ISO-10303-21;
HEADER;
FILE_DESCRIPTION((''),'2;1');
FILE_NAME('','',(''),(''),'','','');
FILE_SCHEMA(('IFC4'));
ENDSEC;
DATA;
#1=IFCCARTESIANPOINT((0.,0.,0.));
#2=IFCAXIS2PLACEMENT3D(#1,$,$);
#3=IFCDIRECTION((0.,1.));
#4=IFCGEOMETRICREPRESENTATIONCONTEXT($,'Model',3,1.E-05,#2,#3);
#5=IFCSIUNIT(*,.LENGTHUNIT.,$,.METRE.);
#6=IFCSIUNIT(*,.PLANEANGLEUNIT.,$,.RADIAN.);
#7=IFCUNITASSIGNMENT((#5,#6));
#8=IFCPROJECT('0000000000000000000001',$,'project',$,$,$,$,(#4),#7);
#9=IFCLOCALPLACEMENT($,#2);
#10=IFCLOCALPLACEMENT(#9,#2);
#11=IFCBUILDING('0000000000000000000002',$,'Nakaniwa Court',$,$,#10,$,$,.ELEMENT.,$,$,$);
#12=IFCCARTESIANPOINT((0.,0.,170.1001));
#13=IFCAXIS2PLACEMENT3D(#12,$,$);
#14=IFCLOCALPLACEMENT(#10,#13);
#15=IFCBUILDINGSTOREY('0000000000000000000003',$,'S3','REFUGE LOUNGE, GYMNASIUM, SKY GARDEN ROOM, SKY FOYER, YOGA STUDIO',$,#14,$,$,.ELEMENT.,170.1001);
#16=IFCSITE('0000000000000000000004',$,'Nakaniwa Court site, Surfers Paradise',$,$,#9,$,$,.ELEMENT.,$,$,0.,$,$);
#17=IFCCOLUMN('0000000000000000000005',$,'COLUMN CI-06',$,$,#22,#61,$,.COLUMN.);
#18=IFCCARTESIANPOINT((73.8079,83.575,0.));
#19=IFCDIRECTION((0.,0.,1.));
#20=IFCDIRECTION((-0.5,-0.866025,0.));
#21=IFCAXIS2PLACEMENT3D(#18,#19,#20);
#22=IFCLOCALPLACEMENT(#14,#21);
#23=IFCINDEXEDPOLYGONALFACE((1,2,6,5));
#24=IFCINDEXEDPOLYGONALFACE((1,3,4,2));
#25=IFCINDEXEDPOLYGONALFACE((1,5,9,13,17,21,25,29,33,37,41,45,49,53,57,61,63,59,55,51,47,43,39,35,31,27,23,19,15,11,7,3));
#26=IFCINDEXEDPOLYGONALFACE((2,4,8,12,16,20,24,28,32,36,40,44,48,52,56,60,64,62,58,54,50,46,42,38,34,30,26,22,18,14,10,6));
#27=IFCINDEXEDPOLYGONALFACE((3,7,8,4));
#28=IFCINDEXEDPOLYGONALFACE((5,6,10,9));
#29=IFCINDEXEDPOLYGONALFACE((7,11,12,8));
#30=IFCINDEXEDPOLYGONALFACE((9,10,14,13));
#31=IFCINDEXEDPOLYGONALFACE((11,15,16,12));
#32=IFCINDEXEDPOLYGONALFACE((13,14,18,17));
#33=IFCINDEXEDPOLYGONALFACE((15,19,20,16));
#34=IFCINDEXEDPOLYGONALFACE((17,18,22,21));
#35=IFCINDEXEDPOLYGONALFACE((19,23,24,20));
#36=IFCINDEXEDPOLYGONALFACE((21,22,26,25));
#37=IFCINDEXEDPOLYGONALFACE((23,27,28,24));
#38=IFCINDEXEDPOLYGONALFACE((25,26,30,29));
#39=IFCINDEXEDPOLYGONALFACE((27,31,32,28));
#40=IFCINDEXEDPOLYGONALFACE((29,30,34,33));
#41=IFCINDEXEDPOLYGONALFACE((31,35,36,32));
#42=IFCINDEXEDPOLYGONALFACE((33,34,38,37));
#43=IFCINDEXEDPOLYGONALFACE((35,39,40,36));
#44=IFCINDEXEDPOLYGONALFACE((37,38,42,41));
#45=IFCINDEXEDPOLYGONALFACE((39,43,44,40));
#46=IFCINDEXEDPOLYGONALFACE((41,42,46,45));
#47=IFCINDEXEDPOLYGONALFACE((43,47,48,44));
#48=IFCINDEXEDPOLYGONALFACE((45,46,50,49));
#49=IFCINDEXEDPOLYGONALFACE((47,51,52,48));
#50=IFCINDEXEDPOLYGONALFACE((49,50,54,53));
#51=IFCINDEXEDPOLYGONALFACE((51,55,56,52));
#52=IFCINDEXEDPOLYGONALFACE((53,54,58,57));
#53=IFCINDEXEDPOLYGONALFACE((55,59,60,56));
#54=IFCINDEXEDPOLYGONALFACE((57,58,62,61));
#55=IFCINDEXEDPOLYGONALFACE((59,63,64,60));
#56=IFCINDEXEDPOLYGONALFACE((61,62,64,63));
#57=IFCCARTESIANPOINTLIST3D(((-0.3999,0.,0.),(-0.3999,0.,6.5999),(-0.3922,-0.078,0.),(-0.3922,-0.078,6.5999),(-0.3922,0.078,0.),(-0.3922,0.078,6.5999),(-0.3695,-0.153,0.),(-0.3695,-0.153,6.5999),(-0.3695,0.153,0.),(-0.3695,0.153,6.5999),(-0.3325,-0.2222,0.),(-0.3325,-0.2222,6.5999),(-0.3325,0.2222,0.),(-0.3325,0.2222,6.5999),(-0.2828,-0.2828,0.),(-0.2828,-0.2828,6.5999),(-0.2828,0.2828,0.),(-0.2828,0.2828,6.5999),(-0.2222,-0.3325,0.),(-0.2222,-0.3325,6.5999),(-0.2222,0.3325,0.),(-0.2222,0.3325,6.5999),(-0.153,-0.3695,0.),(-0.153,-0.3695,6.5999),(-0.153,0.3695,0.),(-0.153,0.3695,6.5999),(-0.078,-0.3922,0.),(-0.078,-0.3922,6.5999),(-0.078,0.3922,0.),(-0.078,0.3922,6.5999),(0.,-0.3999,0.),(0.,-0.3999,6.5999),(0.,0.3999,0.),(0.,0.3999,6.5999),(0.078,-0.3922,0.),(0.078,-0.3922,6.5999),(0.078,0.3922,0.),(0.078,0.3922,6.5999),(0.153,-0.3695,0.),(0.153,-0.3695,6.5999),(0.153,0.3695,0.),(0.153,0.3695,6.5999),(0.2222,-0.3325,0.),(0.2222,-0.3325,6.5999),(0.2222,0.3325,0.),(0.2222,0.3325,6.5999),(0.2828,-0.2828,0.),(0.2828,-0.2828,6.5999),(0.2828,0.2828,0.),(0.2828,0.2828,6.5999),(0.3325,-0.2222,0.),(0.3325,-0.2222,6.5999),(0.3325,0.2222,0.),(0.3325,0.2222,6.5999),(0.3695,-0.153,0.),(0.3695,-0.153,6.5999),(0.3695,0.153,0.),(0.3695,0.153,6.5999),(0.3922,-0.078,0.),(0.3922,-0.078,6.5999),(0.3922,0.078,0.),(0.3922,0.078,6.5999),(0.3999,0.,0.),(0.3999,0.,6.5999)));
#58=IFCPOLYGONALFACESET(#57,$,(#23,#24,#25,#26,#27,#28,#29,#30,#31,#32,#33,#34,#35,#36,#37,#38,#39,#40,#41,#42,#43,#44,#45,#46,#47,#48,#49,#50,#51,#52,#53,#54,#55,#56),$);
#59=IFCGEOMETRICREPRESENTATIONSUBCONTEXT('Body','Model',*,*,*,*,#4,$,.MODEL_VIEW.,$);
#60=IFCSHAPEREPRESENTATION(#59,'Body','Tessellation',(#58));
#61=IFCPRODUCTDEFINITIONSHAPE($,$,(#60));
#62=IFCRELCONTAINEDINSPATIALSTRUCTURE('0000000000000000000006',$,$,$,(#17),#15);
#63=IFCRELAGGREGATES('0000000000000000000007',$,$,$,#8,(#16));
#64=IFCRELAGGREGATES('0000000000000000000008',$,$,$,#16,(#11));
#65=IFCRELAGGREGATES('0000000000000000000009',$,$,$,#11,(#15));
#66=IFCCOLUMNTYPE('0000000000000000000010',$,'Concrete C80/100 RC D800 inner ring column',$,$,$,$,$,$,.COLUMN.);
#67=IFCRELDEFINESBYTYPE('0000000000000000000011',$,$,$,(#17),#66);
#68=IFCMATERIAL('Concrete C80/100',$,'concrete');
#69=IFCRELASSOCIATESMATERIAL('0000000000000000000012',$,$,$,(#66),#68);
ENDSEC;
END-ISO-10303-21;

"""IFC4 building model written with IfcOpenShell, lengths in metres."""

from ifc_helpers import new_model, si_unit, direction, frame, origin, origin_2d, place, context, subcontext, project, spatial, circle, extrude, material, material_profile, profile_set, type_object, element, save


model = new_model("IFC4")

# Units and contexts
model_context = context("Model", 3, precision=1e-05, world=origin(), true_north=direction((0.0, 1.0)))
body_context = subcontext(model_context, "Body", "Model", "MODEL_VIEW")
ifc_project = project(units=[si_unit("LENGTHUNIT", "METRE"), si_unit("PLANEANGLEUNIT", "RADIAN")], contexts=[model_context])

# Site, building, storey
site_placement = place(None, origin())
site = spatial("IfcSite", under=ifc_project, at=site_placement, Name="Nakaniwa Court site, Surfers Paradise", CompositionType="ELEMENT", RefElevation=0.0)
building_placement = place(site_placement, origin())
building = spatial("IfcBuilding", under=site, at=building_placement, Name="Nakaniwa Court", CompositionType="ELEMENT")
storey_placement = place(building_placement, frame((0.0, 0.0, 170.1001)))
storey = spatial("IfcBuildingStorey", under=building, at=storey_placement, Name="S3", Description="REFUGE LOUNGE, GYMNASIUM, SKY GARDEN ROOM, SKY FOYER, YOGA STUDIO", CompositionType="ELEMENT", Elevation=170.1001)

# Column
ifc_material_1 = material(Name="Concrete C80/100", Category="concrete")
ifc_material_profile_1 = material_profile(ifc_material_1, circle(Radius=0.3999, at=origin_2d()), Name="Concrete C80/100 RC D800 inner ring column")
ifc_profile_set_1 = profile_set([ifc_material_profile_1], Name="Concrete C80/100")
column_type_1 = type_object("IfcColumnType", Name="Concrete C80/100 RC D800 inner ring column", PredefinedType="COLUMN", material=ifc_profile_set_1)
for number, where, z_axis, x_axis, name in (
    (1, (73.8079, 83.575, 0.0), (0.0, 0.0, 1.0), (-0.5, -0.866025, 0.0), "COLUMN CI-06"),
):
    element("IfcColumn", number, at=place(storey_placement, frame(where, z_axis=z_axis, x_axis=x_axis)), inside=storey, type_object=column_type_1, Name=name, PredefinedType="COLUMN", context=body_context, shape_type="SweptSolid", body=[
        extrude(circle(Radius=0.3999, at=origin_2d()), origin(), (0.0, 0.0, 1.0), 6.5999),
    ])

save(model, "model.ifc")
